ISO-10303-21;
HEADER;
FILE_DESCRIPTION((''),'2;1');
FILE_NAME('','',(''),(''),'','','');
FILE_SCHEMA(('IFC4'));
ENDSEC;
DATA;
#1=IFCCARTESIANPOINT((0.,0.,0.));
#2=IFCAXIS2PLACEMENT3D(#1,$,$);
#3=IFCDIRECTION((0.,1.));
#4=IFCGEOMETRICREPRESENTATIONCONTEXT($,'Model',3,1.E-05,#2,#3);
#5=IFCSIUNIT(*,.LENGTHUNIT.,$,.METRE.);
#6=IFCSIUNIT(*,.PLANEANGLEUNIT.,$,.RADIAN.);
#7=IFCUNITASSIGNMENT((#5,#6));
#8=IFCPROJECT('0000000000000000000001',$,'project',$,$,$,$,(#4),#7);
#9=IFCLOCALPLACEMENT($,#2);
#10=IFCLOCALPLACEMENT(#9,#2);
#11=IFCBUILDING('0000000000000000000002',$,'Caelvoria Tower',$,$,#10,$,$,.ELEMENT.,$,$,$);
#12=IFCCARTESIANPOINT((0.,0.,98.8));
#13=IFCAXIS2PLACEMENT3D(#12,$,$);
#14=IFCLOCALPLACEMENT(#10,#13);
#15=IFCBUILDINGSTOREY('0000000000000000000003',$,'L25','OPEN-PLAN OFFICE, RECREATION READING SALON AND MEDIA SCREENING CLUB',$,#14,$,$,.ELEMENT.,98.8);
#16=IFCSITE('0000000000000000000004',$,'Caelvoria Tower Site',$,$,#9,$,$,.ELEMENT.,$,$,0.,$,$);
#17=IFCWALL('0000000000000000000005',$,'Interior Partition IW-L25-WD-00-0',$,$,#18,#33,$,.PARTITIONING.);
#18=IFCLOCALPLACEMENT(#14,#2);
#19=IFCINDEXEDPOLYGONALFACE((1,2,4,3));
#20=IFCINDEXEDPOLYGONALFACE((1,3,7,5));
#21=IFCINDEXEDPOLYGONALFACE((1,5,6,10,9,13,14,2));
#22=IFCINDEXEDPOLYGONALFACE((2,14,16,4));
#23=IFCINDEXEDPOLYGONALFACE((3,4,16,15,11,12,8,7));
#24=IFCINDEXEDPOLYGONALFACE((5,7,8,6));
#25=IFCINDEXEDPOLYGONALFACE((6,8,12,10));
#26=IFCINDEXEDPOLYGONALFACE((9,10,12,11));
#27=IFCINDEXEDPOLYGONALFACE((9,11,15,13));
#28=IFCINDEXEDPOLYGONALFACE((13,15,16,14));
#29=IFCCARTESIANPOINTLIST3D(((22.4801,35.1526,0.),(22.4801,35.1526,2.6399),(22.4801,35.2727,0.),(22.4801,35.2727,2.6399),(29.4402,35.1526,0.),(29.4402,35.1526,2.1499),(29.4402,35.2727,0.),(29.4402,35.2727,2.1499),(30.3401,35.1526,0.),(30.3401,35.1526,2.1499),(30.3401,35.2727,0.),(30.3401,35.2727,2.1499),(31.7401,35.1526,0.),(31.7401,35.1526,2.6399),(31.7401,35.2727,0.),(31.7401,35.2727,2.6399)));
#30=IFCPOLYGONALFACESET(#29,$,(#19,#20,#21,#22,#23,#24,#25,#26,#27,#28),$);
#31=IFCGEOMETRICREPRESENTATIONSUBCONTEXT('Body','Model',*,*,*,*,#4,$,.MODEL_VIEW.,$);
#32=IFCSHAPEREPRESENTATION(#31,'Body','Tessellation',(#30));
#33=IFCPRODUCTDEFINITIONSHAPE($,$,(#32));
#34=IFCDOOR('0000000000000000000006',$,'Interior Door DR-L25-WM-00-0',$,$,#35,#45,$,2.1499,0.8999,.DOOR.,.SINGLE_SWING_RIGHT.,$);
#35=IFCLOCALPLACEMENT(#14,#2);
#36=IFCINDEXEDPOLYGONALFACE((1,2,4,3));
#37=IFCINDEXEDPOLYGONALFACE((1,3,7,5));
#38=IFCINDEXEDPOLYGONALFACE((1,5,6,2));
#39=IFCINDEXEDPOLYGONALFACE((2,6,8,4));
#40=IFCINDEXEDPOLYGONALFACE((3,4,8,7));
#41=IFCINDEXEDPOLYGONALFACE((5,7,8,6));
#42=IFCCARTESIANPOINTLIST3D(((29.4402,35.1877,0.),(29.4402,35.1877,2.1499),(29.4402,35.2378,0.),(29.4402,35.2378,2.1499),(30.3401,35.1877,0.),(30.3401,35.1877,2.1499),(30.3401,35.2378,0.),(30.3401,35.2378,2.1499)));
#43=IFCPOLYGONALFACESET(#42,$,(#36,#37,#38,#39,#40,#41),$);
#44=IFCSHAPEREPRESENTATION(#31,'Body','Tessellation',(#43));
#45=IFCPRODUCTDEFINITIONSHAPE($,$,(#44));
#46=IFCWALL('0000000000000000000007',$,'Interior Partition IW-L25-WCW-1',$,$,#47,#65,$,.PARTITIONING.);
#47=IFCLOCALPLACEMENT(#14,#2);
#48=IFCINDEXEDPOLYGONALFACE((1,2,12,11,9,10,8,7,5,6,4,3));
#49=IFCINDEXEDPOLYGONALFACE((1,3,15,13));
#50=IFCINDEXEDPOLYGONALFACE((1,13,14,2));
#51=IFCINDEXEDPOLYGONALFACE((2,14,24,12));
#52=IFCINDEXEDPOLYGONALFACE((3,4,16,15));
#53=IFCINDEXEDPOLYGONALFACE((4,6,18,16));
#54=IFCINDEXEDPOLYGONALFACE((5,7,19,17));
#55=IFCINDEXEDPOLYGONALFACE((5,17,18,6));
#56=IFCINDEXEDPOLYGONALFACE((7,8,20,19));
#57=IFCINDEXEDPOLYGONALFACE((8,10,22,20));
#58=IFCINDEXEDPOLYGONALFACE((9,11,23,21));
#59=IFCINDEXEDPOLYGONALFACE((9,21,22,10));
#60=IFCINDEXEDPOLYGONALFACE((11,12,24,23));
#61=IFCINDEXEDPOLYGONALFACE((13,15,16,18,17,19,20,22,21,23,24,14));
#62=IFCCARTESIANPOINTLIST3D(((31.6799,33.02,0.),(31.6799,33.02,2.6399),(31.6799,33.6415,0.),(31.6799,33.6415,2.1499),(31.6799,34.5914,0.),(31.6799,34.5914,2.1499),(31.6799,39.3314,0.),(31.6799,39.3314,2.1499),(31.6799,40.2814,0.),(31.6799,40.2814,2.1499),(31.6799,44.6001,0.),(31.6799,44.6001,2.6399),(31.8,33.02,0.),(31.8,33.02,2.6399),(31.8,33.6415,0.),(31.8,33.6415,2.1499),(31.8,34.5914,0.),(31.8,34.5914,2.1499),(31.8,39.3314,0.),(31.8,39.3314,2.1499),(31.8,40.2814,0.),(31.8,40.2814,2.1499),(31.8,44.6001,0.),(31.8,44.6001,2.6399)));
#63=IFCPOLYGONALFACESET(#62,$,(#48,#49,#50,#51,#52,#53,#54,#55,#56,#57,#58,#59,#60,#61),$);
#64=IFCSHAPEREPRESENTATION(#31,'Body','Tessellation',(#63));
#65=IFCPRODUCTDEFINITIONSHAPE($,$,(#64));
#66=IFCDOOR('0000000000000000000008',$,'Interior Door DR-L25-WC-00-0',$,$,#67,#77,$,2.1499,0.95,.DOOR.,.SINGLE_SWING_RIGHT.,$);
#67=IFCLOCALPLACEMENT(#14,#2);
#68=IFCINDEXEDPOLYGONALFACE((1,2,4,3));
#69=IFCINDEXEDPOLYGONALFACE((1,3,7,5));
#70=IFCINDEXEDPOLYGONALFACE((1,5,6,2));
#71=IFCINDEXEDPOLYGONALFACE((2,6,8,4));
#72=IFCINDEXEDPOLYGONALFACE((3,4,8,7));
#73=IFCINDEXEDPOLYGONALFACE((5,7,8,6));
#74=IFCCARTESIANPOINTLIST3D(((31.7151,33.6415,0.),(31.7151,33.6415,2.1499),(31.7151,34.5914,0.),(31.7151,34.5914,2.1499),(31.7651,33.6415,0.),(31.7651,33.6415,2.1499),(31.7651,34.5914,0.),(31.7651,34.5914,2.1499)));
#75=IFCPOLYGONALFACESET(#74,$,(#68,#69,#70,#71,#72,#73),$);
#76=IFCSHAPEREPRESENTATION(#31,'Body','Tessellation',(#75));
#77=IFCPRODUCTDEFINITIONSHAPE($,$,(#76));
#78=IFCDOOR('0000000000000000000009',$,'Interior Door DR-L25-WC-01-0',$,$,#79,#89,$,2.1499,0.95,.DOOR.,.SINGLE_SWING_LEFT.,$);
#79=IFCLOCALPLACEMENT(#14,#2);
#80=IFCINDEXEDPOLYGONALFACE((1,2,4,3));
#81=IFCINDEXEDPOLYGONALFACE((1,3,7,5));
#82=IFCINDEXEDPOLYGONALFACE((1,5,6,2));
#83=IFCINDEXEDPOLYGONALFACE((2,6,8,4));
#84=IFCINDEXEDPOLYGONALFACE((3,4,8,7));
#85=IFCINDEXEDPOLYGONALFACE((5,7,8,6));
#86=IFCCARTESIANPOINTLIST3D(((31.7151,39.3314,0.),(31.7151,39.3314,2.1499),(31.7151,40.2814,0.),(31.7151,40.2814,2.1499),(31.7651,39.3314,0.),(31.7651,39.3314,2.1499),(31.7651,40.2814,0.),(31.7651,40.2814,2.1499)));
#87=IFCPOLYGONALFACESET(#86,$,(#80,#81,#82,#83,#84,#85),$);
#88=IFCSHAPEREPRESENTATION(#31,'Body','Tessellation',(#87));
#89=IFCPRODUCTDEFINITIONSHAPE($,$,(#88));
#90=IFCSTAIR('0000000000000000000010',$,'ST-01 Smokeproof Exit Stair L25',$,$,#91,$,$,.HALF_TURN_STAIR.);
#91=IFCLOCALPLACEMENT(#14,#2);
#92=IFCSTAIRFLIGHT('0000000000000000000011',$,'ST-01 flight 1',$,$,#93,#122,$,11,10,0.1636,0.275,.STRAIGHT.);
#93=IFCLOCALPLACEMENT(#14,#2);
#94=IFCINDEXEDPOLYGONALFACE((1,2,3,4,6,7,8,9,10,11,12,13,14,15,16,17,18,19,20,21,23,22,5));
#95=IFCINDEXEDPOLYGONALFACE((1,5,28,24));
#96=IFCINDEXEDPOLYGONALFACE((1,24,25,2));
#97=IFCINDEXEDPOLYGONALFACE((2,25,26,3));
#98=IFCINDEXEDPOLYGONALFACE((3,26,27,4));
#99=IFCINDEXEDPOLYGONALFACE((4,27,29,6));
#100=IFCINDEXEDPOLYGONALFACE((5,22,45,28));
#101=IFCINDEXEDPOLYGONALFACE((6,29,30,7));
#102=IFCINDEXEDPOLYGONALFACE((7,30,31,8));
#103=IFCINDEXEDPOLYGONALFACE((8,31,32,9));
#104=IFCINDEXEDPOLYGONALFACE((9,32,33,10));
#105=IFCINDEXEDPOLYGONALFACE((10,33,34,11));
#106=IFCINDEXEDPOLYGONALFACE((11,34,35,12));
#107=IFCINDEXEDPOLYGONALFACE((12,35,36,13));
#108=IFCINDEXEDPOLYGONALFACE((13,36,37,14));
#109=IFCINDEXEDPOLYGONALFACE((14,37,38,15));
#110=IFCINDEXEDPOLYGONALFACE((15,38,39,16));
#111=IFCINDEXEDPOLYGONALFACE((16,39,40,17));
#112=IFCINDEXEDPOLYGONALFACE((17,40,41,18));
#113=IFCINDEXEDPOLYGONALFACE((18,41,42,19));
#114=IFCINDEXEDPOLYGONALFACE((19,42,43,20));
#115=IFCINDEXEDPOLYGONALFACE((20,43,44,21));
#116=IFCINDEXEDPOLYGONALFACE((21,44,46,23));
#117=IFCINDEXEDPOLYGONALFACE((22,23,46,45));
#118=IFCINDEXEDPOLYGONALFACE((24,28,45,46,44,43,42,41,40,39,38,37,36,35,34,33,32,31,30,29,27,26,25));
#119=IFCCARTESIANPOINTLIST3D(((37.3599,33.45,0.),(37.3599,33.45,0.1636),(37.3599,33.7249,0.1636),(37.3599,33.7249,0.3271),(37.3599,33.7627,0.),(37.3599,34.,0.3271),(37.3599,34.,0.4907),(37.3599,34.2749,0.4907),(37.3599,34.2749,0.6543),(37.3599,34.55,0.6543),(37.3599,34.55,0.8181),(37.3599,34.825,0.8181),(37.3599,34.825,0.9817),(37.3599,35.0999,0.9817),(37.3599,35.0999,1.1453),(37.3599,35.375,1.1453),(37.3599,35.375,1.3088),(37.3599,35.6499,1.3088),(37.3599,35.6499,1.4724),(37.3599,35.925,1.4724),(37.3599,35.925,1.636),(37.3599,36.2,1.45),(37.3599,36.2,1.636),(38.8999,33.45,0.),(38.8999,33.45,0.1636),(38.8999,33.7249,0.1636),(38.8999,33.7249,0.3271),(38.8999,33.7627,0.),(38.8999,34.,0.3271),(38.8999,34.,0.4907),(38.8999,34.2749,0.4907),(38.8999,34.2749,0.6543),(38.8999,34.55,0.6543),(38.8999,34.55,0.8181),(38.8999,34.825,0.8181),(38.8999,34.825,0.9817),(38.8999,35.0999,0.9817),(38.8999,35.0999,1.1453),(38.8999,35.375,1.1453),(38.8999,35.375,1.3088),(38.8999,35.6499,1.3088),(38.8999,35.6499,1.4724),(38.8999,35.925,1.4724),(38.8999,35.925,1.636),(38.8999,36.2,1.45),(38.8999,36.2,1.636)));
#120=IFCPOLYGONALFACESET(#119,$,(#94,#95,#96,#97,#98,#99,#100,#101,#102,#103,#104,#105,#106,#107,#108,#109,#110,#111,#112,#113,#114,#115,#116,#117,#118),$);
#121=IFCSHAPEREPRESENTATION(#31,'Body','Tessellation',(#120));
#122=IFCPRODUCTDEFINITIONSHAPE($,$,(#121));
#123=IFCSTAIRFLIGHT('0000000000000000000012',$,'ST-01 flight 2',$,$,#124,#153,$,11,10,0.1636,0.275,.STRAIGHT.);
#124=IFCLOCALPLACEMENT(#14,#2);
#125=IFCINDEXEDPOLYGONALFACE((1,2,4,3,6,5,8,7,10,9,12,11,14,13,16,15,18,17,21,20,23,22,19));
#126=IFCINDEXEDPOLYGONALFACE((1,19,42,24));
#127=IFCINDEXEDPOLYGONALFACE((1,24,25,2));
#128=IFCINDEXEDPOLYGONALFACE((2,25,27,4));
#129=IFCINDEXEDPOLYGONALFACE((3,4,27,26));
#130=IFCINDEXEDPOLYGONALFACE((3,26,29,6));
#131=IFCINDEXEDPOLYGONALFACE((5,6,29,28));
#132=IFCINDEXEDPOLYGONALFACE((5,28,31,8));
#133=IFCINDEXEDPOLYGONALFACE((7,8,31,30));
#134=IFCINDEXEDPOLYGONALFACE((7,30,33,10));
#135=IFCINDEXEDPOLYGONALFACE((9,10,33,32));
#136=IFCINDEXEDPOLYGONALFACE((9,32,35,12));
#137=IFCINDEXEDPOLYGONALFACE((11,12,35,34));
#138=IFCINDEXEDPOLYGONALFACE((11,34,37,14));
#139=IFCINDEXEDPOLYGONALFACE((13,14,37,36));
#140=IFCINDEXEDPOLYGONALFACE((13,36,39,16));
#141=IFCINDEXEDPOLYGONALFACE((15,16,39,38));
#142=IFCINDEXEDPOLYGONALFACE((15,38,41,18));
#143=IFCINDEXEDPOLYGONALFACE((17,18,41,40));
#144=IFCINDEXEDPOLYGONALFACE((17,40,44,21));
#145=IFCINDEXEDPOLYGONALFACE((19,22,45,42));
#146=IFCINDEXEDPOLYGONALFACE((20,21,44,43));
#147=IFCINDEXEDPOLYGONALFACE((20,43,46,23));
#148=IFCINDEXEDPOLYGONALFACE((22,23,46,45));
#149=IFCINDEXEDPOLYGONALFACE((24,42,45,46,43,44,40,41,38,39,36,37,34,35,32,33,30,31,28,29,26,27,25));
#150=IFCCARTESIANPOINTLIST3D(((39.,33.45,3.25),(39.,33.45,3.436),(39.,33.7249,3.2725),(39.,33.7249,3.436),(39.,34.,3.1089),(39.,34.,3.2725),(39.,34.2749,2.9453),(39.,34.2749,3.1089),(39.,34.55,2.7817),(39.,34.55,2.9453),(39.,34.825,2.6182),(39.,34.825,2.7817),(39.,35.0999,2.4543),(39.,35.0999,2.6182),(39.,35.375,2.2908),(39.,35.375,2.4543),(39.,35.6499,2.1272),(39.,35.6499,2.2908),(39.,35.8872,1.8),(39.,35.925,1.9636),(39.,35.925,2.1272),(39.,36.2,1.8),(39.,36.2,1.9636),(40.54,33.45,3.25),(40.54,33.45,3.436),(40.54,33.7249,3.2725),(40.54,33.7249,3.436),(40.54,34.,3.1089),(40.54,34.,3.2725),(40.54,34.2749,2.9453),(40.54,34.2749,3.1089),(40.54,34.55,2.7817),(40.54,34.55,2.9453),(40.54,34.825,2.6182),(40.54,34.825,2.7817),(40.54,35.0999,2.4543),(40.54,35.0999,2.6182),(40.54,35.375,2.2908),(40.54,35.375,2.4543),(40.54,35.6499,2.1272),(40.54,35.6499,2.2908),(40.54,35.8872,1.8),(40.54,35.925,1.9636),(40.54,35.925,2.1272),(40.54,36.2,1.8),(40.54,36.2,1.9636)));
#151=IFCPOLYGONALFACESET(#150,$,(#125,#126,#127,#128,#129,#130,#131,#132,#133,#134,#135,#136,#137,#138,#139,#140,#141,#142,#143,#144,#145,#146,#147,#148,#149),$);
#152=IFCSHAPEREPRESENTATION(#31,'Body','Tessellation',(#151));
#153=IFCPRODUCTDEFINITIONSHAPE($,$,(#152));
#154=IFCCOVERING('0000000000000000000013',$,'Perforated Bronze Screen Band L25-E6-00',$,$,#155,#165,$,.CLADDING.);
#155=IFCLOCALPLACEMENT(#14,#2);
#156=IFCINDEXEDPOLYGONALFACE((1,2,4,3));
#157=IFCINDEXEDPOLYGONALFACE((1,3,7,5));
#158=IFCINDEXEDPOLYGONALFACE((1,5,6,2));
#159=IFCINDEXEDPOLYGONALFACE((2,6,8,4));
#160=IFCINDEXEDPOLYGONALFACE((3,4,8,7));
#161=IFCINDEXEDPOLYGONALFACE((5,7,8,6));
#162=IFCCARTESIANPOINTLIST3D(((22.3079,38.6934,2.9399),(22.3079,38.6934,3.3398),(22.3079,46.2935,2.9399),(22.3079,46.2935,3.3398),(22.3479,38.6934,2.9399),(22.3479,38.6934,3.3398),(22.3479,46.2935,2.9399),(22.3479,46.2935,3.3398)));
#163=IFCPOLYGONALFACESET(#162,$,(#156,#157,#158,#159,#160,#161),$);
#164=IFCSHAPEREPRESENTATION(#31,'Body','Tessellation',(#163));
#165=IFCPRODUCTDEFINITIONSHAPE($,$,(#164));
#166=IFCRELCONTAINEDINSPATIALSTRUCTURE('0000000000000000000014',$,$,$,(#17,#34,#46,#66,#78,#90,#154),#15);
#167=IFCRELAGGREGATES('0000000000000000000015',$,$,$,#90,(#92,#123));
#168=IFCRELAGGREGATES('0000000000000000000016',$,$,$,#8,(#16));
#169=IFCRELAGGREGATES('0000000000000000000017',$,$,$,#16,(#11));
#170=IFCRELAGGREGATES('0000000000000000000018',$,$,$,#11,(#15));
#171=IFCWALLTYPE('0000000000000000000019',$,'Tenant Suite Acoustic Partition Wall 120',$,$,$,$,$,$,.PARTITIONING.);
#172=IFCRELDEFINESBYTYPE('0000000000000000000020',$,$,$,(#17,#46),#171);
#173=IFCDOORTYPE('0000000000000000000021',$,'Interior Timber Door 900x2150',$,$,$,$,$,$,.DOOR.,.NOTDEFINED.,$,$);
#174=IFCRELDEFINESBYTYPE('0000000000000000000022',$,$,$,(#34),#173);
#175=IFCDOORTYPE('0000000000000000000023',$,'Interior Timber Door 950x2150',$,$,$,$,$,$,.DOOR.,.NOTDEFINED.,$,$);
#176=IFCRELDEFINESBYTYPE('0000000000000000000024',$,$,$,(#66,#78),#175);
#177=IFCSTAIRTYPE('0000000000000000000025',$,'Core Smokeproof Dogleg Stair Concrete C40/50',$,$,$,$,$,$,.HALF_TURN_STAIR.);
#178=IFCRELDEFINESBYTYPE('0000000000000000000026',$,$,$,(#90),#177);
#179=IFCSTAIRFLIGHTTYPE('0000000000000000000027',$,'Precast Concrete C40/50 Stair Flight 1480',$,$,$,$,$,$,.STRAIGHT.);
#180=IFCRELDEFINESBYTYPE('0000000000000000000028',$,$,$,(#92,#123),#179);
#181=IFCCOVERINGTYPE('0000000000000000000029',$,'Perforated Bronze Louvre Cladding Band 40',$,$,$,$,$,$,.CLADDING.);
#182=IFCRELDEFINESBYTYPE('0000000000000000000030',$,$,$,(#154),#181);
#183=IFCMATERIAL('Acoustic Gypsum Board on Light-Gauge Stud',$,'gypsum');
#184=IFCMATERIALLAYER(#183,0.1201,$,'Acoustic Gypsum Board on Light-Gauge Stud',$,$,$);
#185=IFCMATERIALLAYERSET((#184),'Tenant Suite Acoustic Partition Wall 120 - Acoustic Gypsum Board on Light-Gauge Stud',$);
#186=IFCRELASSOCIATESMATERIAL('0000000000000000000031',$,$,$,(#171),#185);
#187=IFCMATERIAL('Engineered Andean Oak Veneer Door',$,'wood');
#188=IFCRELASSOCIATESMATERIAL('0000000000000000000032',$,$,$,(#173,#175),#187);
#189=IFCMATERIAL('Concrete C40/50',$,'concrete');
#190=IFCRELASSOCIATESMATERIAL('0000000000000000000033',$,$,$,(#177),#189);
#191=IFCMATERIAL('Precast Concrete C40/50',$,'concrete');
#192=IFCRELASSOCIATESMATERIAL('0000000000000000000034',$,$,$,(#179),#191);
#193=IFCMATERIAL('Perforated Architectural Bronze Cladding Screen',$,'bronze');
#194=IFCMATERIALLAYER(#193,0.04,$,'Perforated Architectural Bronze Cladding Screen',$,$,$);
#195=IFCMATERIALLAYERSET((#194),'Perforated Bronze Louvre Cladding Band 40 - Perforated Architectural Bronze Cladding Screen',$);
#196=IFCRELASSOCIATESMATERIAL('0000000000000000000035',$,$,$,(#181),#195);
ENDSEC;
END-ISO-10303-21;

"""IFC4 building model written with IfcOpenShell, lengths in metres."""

from ifc_helpers import new_model, si_unit, direction, frame, frame_2d, origin, origin_2d, place, context, subcontext, project, spatial, polyline, rectangle, outline, extrude, material, layer, layer_set, type_object, element, fill, aggregate, save


model = new_model("IFC4")

# Units and contexts
model_context = context("Model", 3, precision=1e-05, world=origin(), true_north=direction((0.0, 1.0)))
body_context = subcontext(model_context, "Body", "Model", "MODEL_VIEW")
ifc_project = project(units=[si_unit("LENGTHUNIT", "METRE"), si_unit("PLANEANGLEUNIT", "RADIAN")], contexts=[model_context])

# Site, building, storey
site_placement = place(None, origin())
site = spatial("IfcSite", under=ifc_project, at=site_placement, Name="Caelvoria Tower Site", CompositionType="ELEMENT", RefElevation=0.0)
building_placement = place(site_placement, origin())
building = spatial("IfcBuilding", under=site, at=building_placement, Name="Caelvoria Tower", CompositionType="ELEMENT")
storey_placement = place(building_placement, frame((0.0, 0.0, 98.8)))
storey = spatial("IfcBuildingStorey", under=building, at=storey_placement, Name="L25", Description="OPEN-PLAN OFFICE, RECREATION READING SALON AND MEDIA SCREENING CLUB", CompositionType="ELEMENT", Elevation=98.8)

# Wall, opening, door
ifc_material_1 = material(Name="Acoustic Gypsum Board on Light-Gauge Stud", Category="gypsum")
ifc_layer_1 = layer(ifc_material_1, 0.1201, Name="Acoustic Gypsum Board on Light-Gauge Stud")
ifc_layer_set_1 = layer_set([ifc_layer_1], Name="Tenant Suite Acoustic Partition Wall 120 - Acoustic Gypsum Board on Light-Gauge Stud")
wall_type_1 = type_object("IfcWallType", Name="Tenant Suite Acoustic Partition Wall 120", PredefinedType="PARTITIONING", material=ifc_layer_set_1)
wall_1_placement = place(storey_placement, frame((31.74, 35.2126, 0.0), z_axis=(0.0, 0.0, 1.0), x_axis=(-1.0, 0.0, 0.0)))
wall_1 = element("IfcWall", 1, at=wall_1_placement, inside=storey, type_object=wall_type_1, Name="Interior Partition IW-L25-WD-00-0", PredefinedType="PARTITIONING", context=body_context, shape_type="SweptSolid", body=[
    extrude(rectangle(XDim=9.26, YDim=0.1201, at=frame_2d((4.6299, 0.0))), origin(), (0.0, 0.0, 1.0), 2.6399),
])
opening_1_placement = place(wall_1_placement, frame((1.3999, 0.0, 0.0)))
opening_1 = element("IfcOpeningElement", 2, at=opening_1_placement, cuts=wall_1, PredefinedType="OPENING", context=body_context, shape_type="SweptSolid", body=[
    extrude(rectangle(XDim=0.8999, YDim=2.1499, at=frame_2d((0.45, 1.075))), frame((0.0, 0.0701, 0.0), z_axis=(0.0, -1.0, 0.0), x_axis=(1.0, 0.0, 0.0)), (0.0, 0.0, 1.0), 0.1401),
])
ifc_material_2 = material(Name="Engineered Andean Oak Veneer Door", Category="wood")
door_type_1 = type_object("IfcDoorType", Name="Interior Timber Door 900x2150", OperationType="NOTDEFINED", PredefinedType="DOOR", material=ifc_material_2)
door_1_placement = place(opening_1_placement, origin())
door_1 = element("IfcDoor", 3, at=door_1_placement, inside=storey, type_object=door_type_1, Name="Interior Door DR-L25-WM-00-0", OperationType="SINGLE_SWING_RIGHT", OverallHeight=2.1499, OverallWidth=0.8999, PredefinedType="DOOR", context=body_context, shape_type="SweptSolid", body=[
    extrude(rectangle(XDim=0.8999, YDim=2.1499, at=frame_2d((0.45, 1.075))), frame((0.0, 0.0249, 0.0), z_axis=(0.0, -1.0, 0.0), x_axis=(1.0, 0.0, 0.0)), (0.0, 0.0, 1.0), 0.05),
])
fill(opening_1, door_1)

# Wall, openings, doors
wall_2_placement = place(storey_placement, frame((31.74, 33.02, 0.0), z_axis=(0.0, 0.0, 1.0), x_axis=(0.0, 1.0, 0.0)))
wall_2 = element("IfcWall", 4, at=wall_2_placement, inside=storey, type_object=wall_type_1, Name="Interior Partition IW-L25-WCW-1", PredefinedType="PARTITIONING", context=body_context, shape_type="SweptSolid", body=[
    extrude(rectangle(XDim=11.5801, YDim=0.1201, at=frame_2d((5.79, 0.0))), origin(), (0.0, 0.0, 1.0), 2.6399),
])
opening_2_placement = place(wall_2_placement, frame((0.6213, 0.0, 0.0)))
opening_2 = element("IfcOpeningElement", 5, at=opening_2_placement, cuts=wall_2, PredefinedType="OPENING", context=body_context, shape_type="SweptSolid", body=[
    extrude(rectangle(XDim=0.95, YDim=2.1499, at=frame_2d((0.4751, 1.075))), frame((0.0, 0.0701, 0.0), z_axis=(0.0, -1.0, 0.0), x_axis=(1.0, 0.0, 0.0)), (0.0, 0.0, 1.0), 0.1401),
])
opening_3_placement = place(wall_2_placement, frame((6.3113, 0.0, 0.0)))
opening_3 = element("IfcOpeningElement", 6, at=opening_3_placement, cuts=wall_2, PredefinedType="OPENING", context=body_context, shape_type="SweptSolid", body=[
    extrude(rectangle(XDim=0.95, YDim=2.1499, at=frame_2d((0.4751, 1.075))), frame((0.0, 0.0701, 0.0), z_axis=(0.0, -1.0, 0.0), x_axis=(1.0, 0.0, 0.0)), (0.0, 0.0, 1.0), 0.1401),
])
door_type_2 = type_object("IfcDoorType", Name="Interior Timber Door 950x2150", OperationType="NOTDEFINED", PredefinedType="DOOR", material=ifc_material_2)
door_2_placement = place(opening_2_placement, origin())
door_2 = element("IfcDoor", 7, at=door_2_placement, inside=storey, type_object=door_type_2, Name="Interior Door DR-L25-WC-00-0", OperationType="SINGLE_SWING_RIGHT", OverallHeight=2.1499, OverallWidth=0.95, PredefinedType="DOOR", context=body_context, shape_type="SweptSolid", body=[
    extrude(rectangle(XDim=0.95, YDim=2.1499, at=frame_2d((0.4751, 1.075))), frame((0.0, 0.0249, 0.0), z_axis=(0.0, -1.0, 0.0), x_axis=(1.0, 0.0, 0.0)), (0.0, 0.0, 1.0), 0.05),
])
fill(opening_2, door_2)
door_3_placement = place(opening_3_placement, origin())
door_3 = element("IfcDoor", 8, at=door_3_placement, inside=storey, type_object=door_type_2, Name="Interior Door DR-L25-WC-01-0", OperationType="SINGLE_SWING_LEFT", OverallHeight=2.1499, OverallWidth=0.95, PredefinedType="DOOR", context=body_context, shape_type="SweptSolid", body=[
    extrude(rectangle(XDim=0.95, YDim=2.1499, at=frame_2d((0.4751, 1.075))), frame((0.0, 0.0249, 0.0), z_axis=(0.0, -1.0, 0.0), x_axis=(1.0, 0.0, 0.0)), (0.0, 0.0, 1.0), 0.05),
])
fill(opening_3, door_3)

# Stair, stair flights
ifc_material_3 = material(Name="Concrete C40/50", Category="concrete")
stair_type = type_object("IfcStairType", Name="Core Smokeproof Dogleg Stair Concrete C40/50", PredefinedType="HALF_TURN_STAIR", material=ifc_material_3)
stair_placement = place(storey_placement, origin())
stair = element("IfcStair", 9, at=stair_placement, inside=storey, type_object=stair_type, Name="ST-01 Smokeproof Exit Stair L25", PredefinedType="HALF_TURN_STAIR")
ifc_material_4 = material(Name="Precast Concrete C40/50", Category="concrete")
stair_flight_type = type_object("IfcStairFlightType", Name="Precast Concrete C40/50 Stair Flight 1480", PredefinedType="STRAIGHT", material=ifc_material_4)
stair_flight_1_placement = place(storey_placement, frame((38.1299, 33.45, 0.0), z_axis=(0.0, 0.0, 1.0), x_axis=(0.0, 1.0, 0.0)))
stair_flight_1 = element("IfcStairFlight", 10, at=stair_flight_1_placement, type_object=stair_flight_type, Name="ST-01 flight 1", NumberOfRisers=11, NumberOfTreads=10, PredefinedType="STRAIGHT", RiserHeight=0.1636, TreadLength=0.275, context=body_context, shape_type="SweptSolid", body=[
    extrude(outline(polyline([(0.0, 0.0), (0.0, 0.1636), (0.2749, 0.1636), (0.2749, 0.3271), (0.55, 0.3271), (0.55, 0.4907), (0.825, 0.4907), (0.825, 0.6543), (1.1001, 0.6543), (1.1001, 0.8181), (1.375, 0.8181), (1.375, 0.9817), (1.6499, 0.9817), (1.6499, 1.1453), (1.925, 1.1453), (1.925, 1.3088), (2.2, 1.3088), (2.2, 1.4724), (2.4751, 1.4724), (2.4751, 1.636), (2.75, 1.636), (2.75, 1.7996), (2.75, 1.45), (0.3127, 0.0), (0.0, 0.0)])), frame((0.0, 0.77, 0.0), z_axis=(0.0, -1.0, 0.0), x_axis=(1.0, 0.0, 0.0)), (0.0, 0.0, 1.0), 1.54),
])
stair_flight_2_placement = place(storey_placement, frame((39.77, 36.2, 1.8), z_axis=(0.0, 0.0, 1.0), x_axis=(0.0, -1.0, 0.0)))
stair_flight_2 = element("IfcStairFlight", 11, at=stair_flight_2_placement, type_object=stair_flight_type, Name="ST-01 flight 2", NumberOfRisers=11, NumberOfTreads=10, PredefinedType="STRAIGHT", RiserHeight=0.1636, TreadLength=0.275, context=body_context, shape_type="SweptSolid", body=[
    extrude(outline(polyline([(0.0, 0.0), (0.0, 0.1636), (0.2749, 0.1636), (0.2749, 0.3271), (0.55, 0.3271), (0.55, 0.4907), (0.825, 0.4907), (0.825, 0.6543), (1.1001, 0.6543), (1.1001, 0.8181), (1.375, 0.8181), (1.375, 0.9817), (1.6499, 0.9817), (1.6499, 1.1453), (1.925, 1.1453), (1.925, 1.3088), (2.2, 1.3088), (2.2, 1.4724), (2.4751, 1.4724), (2.4751, 1.636), (2.75, 1.636), (2.75, 1.7996), (2.75, 1.45), (0.3127, 0.0), (0.0, 0.0)])), frame((0.0, 0.77, 0.0), z_axis=(0.0, -1.0, 0.0), x_axis=(1.0, 0.0, 0.0)), (0.0, 0.0, 1.0), 1.54),
])
aggregate(stair, [stair_flight_1, stair_flight_2])

# Covering
ifc_material_5 = material(Name="Perforated Architectural Bronze Cladding Screen", Category="bronze")
ifc_layer_2 = layer(ifc_material_5, 0.04, Name="Perforated Architectural Bronze Cladding Screen")
ifc_layer_set_2 = layer_set([ifc_layer_2], Name="Perforated Bronze Louvre Cladding Band 40 - Perforated Architectural Bronze Cladding Screen")
covering_type = type_object("IfcCoveringType", Name="Perforated Bronze Louvre Cladding Band 40", PredefinedType="CLADDING", material=ifc_layer_set_2)
for number, where, z_axis, x_axis, name in (
    (12, (22.3279, 42.4934, 2.9399), (0.0, 0.0, 1.0), (0.0, -1.0, 0.0), "Perforated Bronze Screen Band L25-E6-00"),
):
    element("IfcCovering", number, at=place(storey_placement, frame(where, z_axis=z_axis, x_axis=x_axis)), inside=storey, type_object=covering_type, Name=name, PredefinedType="CLADDING", context=body_context, shape_type="SweptSolid", body=[
        extrude(rectangle(XDim=7.6001, YDim=0.04, at=origin_2d()), origin(), (0.0, 0.0, 1.0), 0.3999),
    ])

save(model, "model.ifc")
